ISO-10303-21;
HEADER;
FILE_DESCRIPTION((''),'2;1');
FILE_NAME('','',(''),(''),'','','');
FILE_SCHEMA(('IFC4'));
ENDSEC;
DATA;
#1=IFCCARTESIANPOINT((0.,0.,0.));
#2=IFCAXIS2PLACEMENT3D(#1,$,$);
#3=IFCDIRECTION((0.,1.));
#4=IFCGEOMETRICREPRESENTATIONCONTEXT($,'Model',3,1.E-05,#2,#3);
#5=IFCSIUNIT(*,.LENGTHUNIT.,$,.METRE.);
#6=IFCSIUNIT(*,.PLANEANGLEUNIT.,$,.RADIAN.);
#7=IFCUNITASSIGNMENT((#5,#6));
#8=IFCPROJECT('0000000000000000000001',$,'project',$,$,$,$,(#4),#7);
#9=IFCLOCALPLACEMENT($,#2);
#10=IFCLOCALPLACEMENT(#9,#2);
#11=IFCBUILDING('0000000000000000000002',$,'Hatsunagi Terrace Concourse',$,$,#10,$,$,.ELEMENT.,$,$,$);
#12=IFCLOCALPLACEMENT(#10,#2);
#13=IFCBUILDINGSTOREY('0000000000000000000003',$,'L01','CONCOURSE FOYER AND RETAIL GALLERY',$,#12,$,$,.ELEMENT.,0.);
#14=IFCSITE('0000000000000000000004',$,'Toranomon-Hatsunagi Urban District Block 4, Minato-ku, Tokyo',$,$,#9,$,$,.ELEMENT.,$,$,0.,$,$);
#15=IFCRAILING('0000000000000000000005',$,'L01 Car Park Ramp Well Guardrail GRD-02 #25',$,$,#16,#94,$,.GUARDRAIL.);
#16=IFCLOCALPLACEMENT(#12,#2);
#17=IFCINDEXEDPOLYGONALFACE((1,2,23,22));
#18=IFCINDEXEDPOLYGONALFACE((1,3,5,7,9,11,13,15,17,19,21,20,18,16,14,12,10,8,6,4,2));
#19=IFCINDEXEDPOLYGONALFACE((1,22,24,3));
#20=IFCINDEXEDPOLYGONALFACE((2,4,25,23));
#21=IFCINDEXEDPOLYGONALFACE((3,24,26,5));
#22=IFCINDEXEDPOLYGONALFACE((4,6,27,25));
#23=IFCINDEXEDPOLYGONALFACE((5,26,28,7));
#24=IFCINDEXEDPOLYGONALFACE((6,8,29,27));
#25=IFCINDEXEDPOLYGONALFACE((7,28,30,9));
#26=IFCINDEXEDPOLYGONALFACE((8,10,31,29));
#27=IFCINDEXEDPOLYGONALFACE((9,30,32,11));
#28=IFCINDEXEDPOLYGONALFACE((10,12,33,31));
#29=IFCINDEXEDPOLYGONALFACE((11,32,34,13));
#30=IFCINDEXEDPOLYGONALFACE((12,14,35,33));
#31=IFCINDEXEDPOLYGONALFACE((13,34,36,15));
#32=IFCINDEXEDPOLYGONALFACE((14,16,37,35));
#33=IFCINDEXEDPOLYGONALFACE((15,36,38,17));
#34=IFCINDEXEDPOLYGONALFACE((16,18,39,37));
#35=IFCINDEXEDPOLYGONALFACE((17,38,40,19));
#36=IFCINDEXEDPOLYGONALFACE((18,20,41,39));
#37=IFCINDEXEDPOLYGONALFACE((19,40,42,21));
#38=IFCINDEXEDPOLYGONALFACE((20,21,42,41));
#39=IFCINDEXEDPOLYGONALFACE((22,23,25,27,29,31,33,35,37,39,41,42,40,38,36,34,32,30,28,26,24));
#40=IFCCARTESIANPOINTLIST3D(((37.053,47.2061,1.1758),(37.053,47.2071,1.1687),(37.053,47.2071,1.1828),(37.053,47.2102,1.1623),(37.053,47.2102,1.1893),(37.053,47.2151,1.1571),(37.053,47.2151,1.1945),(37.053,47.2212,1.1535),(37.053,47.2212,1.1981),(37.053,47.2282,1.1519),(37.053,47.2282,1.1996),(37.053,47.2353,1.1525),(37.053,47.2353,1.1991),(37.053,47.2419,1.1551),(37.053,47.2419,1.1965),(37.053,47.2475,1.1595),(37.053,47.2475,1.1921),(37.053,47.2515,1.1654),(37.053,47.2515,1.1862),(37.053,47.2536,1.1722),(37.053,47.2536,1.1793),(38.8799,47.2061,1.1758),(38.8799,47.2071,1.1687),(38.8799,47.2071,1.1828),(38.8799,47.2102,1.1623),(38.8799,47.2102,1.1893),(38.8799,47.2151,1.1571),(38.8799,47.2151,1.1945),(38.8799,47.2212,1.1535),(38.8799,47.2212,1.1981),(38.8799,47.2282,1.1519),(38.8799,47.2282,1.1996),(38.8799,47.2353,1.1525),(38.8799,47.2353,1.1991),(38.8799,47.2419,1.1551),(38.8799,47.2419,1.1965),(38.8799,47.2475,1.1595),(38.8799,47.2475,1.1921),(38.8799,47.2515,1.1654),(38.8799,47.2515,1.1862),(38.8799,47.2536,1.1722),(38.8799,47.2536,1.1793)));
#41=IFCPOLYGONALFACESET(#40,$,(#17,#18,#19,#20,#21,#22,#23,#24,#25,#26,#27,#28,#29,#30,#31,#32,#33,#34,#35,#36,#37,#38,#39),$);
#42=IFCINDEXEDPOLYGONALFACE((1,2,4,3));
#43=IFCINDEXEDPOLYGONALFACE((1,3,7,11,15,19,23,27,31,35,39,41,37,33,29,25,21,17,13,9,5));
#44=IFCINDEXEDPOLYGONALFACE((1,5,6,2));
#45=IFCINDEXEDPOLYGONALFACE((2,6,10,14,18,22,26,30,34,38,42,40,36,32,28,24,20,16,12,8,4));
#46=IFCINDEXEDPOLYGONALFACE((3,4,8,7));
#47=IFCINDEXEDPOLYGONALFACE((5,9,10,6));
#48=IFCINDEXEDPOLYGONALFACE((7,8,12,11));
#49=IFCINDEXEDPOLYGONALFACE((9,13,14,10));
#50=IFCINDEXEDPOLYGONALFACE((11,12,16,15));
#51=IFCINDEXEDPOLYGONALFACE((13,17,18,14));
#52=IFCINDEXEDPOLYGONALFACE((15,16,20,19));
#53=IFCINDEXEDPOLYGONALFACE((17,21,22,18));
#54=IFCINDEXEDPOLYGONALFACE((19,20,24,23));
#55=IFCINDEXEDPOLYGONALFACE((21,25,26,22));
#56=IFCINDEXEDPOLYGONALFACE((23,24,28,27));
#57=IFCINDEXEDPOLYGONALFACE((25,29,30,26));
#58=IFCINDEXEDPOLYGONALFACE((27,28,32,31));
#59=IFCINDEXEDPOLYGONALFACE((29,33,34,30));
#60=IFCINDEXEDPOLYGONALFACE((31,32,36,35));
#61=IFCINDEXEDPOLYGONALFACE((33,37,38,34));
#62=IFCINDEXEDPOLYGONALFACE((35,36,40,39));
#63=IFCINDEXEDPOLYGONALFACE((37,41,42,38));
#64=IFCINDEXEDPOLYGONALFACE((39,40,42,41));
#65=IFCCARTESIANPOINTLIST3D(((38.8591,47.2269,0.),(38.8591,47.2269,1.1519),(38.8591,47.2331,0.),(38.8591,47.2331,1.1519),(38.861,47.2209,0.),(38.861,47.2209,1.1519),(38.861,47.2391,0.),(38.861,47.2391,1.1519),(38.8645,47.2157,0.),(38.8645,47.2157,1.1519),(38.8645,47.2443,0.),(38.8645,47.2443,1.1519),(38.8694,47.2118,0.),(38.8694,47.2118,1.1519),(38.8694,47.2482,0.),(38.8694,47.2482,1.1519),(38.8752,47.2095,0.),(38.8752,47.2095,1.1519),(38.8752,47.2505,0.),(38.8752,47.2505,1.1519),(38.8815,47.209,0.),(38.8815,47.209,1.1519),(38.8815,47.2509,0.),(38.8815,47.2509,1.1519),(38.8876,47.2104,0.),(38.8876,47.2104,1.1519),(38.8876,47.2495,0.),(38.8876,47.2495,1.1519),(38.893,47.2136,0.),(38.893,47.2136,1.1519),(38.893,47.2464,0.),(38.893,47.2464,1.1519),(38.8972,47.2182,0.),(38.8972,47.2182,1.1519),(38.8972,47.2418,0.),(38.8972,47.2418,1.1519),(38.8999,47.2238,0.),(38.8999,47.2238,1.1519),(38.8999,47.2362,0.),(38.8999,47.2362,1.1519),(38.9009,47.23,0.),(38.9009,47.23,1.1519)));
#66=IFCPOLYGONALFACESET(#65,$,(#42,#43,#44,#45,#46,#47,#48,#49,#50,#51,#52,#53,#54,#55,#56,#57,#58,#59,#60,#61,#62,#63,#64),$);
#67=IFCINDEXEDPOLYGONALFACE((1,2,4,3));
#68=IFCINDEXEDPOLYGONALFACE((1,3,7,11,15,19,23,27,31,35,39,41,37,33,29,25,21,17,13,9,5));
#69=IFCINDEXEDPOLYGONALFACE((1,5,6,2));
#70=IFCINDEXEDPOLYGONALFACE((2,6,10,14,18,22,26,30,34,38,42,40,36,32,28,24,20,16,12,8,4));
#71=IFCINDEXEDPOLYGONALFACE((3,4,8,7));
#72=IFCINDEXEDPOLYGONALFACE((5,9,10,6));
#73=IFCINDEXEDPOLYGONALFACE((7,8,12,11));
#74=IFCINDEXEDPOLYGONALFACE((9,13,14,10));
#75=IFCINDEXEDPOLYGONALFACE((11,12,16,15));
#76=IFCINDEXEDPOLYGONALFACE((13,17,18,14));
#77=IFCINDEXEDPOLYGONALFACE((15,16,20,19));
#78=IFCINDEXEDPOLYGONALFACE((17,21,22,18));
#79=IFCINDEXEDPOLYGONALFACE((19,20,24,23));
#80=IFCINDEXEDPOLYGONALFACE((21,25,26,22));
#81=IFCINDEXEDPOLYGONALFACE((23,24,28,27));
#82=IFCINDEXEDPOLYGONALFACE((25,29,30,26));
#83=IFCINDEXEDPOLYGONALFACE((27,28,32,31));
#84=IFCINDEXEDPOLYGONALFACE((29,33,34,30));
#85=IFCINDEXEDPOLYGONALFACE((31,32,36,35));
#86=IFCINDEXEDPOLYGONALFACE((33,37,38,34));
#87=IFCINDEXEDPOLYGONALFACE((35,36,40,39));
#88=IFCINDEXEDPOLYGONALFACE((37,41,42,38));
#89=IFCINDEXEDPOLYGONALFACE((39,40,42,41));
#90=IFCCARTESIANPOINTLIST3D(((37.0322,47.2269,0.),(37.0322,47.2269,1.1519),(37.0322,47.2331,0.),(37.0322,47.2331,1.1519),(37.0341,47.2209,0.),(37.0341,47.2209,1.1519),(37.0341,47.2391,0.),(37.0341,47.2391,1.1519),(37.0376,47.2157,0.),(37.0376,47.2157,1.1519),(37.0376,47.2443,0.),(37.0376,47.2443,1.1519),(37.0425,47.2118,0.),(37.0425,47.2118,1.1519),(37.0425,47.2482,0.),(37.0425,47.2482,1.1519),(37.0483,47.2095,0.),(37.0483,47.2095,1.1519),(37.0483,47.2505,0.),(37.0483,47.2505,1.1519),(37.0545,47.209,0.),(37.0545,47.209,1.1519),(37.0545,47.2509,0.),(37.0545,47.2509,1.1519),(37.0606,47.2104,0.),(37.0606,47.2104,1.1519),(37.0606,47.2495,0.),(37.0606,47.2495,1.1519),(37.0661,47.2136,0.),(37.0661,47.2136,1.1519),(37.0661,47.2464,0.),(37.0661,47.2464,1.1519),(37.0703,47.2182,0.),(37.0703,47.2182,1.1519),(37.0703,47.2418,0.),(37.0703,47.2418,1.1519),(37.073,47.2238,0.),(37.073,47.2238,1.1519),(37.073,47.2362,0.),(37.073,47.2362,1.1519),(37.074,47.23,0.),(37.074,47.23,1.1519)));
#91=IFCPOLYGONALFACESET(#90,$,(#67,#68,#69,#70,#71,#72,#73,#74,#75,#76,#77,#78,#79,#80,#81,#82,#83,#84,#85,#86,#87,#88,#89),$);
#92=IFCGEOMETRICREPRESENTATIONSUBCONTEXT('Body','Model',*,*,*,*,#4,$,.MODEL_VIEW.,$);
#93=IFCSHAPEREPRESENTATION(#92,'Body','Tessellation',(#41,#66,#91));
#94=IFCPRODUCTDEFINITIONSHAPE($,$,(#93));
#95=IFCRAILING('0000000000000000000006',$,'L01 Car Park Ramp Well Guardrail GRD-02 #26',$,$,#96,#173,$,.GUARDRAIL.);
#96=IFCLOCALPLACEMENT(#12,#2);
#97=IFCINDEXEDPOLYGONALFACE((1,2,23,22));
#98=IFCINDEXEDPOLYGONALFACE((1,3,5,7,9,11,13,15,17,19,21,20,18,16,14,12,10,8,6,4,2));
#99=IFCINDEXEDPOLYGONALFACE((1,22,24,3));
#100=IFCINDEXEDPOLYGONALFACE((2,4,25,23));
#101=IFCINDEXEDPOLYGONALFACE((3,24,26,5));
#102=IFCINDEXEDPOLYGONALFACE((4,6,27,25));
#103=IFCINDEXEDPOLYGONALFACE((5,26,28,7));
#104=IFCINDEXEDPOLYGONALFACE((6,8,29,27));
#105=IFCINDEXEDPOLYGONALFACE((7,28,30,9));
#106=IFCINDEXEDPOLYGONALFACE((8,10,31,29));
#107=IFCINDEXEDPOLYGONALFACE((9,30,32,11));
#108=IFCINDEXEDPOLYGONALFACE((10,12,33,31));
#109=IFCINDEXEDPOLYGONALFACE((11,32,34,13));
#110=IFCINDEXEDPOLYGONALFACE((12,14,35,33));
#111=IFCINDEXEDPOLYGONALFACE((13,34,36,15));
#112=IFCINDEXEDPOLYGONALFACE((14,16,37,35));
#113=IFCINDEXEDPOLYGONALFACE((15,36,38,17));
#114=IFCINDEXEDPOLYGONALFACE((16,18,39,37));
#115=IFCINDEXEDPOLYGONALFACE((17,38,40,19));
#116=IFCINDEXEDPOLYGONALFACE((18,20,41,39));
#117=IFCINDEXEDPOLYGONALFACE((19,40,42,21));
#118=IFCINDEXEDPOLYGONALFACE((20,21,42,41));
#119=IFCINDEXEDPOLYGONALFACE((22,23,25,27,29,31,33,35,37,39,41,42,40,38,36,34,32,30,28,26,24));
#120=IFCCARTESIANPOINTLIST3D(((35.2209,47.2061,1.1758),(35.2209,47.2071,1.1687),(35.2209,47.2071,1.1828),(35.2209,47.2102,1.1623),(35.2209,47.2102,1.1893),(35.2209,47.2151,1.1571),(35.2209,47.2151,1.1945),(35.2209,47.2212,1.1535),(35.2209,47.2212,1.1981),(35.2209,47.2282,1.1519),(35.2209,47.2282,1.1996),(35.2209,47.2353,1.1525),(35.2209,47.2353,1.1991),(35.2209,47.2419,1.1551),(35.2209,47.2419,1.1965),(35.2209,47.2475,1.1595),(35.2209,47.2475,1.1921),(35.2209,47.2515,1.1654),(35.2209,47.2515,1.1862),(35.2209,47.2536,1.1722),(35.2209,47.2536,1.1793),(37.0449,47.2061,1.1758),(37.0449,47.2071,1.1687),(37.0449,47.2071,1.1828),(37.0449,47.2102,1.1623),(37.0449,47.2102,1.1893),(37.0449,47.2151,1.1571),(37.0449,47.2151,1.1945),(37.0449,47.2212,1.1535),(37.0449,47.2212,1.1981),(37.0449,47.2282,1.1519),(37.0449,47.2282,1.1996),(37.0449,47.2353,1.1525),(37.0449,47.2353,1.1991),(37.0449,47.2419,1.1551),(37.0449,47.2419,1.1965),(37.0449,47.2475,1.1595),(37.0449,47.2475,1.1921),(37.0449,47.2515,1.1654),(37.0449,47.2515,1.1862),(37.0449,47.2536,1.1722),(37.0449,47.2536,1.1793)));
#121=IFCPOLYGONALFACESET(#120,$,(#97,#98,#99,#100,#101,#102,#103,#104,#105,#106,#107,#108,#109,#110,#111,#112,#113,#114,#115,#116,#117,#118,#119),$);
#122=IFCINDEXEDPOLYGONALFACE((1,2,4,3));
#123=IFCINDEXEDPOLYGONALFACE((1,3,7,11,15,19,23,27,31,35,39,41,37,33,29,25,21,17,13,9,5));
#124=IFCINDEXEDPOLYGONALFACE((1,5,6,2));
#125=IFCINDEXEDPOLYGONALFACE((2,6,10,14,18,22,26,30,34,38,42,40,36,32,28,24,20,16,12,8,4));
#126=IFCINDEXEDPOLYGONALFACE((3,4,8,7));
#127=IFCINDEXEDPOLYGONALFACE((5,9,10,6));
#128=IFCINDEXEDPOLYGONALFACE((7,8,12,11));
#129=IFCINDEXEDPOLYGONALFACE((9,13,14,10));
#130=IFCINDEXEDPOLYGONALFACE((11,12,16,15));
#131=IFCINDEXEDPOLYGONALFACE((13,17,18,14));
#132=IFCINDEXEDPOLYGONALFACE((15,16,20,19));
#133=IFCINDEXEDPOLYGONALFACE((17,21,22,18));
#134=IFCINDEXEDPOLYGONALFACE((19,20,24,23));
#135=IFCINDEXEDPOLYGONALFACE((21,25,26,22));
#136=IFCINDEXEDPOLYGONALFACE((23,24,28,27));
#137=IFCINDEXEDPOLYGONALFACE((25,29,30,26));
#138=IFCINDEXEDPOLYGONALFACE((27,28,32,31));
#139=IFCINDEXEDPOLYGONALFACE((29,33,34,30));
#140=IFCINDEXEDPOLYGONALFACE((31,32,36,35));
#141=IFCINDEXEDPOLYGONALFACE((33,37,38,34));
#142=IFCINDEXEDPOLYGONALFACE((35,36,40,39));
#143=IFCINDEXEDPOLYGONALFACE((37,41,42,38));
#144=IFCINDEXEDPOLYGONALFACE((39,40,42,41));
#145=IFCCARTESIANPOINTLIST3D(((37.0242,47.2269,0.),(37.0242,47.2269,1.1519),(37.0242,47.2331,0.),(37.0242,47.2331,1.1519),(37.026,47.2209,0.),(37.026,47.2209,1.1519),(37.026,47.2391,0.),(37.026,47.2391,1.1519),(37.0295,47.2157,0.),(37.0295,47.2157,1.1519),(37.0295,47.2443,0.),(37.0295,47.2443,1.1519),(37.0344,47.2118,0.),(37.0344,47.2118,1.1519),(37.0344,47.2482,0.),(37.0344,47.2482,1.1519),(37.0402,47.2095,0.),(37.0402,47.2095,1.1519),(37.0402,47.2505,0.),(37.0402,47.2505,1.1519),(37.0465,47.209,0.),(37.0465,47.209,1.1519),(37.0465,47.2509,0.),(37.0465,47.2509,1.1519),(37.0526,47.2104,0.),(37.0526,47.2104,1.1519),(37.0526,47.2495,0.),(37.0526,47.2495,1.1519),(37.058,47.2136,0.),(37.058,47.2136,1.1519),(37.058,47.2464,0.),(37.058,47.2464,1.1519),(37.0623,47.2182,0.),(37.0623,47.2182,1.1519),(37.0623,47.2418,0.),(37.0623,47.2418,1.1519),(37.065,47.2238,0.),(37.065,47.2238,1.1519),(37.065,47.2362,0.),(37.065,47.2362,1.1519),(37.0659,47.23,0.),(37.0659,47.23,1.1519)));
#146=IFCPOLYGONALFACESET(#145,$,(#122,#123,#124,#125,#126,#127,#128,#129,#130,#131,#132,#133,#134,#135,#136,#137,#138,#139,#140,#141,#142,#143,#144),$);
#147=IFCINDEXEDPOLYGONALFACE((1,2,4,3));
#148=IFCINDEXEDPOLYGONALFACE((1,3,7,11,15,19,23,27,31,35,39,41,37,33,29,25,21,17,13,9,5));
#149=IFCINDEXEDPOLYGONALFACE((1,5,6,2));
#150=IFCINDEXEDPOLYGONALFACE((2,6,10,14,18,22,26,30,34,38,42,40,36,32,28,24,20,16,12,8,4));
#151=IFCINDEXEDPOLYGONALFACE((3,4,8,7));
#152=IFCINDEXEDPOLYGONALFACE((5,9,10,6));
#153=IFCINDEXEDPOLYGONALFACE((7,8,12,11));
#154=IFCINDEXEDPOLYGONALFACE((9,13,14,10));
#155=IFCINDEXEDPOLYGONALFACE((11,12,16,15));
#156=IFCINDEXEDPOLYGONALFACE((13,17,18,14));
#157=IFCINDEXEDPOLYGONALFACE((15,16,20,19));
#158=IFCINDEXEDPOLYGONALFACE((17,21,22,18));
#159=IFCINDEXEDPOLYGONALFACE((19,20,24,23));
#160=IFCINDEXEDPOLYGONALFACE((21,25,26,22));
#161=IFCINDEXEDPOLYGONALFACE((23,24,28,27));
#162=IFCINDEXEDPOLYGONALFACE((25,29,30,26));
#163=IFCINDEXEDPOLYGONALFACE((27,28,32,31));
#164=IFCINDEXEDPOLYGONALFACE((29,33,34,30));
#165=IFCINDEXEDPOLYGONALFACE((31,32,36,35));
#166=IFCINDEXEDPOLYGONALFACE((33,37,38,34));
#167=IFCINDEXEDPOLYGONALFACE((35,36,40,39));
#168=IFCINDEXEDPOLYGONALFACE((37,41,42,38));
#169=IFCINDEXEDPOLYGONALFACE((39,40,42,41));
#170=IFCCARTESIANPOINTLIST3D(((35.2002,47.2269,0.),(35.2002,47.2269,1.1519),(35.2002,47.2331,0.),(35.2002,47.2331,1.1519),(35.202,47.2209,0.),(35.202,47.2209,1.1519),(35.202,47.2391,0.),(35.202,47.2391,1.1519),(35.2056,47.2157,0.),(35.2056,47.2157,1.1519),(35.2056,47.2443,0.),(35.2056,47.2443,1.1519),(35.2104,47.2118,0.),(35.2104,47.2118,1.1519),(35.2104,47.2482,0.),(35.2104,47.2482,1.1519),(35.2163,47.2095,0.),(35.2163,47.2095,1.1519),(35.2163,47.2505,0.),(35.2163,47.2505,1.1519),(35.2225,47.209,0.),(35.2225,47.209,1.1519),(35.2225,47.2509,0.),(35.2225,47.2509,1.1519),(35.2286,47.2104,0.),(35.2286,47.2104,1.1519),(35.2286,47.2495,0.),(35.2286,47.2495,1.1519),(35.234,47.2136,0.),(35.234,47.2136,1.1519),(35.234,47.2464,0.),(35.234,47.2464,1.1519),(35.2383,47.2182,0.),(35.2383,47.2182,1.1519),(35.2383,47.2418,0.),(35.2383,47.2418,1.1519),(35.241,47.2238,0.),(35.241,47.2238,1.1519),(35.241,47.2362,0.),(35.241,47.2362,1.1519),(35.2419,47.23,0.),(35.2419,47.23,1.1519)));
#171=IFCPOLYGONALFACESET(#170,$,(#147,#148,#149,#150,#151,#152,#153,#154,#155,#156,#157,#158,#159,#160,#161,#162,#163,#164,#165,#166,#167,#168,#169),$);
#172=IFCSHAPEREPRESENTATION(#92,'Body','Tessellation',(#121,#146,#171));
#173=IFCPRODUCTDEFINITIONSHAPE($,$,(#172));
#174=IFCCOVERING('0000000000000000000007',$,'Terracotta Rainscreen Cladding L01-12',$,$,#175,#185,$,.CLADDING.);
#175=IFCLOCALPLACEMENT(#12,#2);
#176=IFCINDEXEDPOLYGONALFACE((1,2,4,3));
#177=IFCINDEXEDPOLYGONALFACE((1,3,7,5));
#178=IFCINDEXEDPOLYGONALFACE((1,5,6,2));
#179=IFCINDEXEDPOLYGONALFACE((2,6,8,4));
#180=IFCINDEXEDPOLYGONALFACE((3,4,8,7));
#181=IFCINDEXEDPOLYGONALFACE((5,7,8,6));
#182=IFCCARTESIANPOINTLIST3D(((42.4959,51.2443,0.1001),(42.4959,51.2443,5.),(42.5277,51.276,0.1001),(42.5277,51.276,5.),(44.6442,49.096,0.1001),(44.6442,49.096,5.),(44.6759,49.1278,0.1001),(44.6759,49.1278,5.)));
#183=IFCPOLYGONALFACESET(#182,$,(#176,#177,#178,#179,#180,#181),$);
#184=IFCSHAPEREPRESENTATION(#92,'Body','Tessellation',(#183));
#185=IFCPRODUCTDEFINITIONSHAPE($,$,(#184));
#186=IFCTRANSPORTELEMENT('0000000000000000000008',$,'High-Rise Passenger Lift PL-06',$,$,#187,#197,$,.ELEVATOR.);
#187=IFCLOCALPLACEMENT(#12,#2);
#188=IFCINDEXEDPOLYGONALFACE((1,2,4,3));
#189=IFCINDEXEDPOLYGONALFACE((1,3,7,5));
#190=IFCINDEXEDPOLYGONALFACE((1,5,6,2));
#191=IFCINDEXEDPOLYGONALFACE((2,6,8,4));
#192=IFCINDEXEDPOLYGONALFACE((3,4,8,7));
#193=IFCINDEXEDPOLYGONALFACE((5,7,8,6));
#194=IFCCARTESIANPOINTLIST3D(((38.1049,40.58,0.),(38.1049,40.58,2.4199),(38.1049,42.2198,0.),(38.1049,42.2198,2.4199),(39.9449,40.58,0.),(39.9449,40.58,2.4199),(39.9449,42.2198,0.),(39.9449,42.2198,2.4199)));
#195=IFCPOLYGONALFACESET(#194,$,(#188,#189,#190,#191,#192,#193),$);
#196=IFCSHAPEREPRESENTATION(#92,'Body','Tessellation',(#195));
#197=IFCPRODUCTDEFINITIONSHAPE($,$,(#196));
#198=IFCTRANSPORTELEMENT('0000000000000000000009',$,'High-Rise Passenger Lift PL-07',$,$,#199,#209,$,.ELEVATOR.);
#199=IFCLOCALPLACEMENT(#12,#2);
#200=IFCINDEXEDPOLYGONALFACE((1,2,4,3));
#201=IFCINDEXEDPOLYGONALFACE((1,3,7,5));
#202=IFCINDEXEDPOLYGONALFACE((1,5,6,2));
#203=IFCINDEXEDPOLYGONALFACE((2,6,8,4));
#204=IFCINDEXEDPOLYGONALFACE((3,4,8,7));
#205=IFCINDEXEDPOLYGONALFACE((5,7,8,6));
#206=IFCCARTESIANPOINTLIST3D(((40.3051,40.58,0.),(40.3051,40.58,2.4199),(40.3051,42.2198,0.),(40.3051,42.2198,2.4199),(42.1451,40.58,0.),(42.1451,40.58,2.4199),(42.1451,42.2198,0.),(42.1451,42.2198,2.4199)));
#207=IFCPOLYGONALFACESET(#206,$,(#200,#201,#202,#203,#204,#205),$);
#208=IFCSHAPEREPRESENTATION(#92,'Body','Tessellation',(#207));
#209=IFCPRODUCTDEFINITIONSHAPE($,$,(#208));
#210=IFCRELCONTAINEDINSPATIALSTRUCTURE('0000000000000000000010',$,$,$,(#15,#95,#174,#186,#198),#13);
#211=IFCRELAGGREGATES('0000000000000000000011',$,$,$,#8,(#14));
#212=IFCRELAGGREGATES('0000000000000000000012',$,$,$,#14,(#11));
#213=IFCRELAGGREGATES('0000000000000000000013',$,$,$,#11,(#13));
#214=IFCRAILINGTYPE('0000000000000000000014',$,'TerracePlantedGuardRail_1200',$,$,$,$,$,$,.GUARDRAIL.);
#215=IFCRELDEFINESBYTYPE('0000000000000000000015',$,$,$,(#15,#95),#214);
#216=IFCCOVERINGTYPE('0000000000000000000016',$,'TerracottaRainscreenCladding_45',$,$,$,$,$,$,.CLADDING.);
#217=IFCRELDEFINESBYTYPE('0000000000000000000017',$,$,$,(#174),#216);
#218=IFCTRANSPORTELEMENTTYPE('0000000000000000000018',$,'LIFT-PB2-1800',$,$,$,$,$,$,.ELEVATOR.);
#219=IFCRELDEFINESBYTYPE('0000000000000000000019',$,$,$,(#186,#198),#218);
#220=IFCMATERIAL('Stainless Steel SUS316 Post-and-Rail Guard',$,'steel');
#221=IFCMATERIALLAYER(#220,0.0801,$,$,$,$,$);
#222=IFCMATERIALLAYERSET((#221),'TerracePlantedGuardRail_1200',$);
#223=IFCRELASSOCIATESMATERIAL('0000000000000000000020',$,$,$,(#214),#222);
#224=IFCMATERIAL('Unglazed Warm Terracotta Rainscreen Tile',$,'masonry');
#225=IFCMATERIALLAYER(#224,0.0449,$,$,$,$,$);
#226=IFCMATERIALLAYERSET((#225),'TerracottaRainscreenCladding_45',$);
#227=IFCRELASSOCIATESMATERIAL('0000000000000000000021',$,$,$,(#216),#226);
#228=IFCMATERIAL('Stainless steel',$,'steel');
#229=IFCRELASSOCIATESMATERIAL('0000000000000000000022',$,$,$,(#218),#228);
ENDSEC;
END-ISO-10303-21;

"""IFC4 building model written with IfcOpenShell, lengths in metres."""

from ifc_helpers import new_model, si_unit, direction, frame, origin, origin_2d, place, context, subcontext, project, spatial, rectangle, circle, extrude, material, layer, layer_set, type_object, element, save


model = new_model("IFC4")

# Units and contexts
model_context = context("Model", 3, precision=1e-05, world=origin(), true_north=direction((0.0, 1.0)))
body_context = subcontext(model_context, "Body", "Model", "MODEL_VIEW")
ifc_project = project(units=[si_unit("LENGTHUNIT", "METRE"), si_unit("PLANEANGLEUNIT", "RADIAN")], contexts=[model_context])

# Site, building, storey
site_placement = place(None, origin())
site = spatial("IfcSite", under=ifc_project, at=site_placement, Name="Toranomon-Hatsunagi Urban District Block 4, Minato-ku, Tokyo", CompositionType="ELEMENT", RefElevation=0.0)
building_placement = place(site_placement, origin())
building = spatial("IfcBuilding", under=site, at=building_placement, Name="Hatsunagi Terrace Concourse", CompositionType="ELEMENT")
storey_placement = place(building_placement, origin())
storey = spatial("IfcBuildingStorey", under=building, at=storey_placement, Name="L01", Description="CONCOURSE FOYER AND RETAIL GALLERY", CompositionType="ELEMENT", Elevation=0.0)

# Railings
ifc_material_1 = material(Name="Stainless Steel SUS316 Post-and-Rail Guard", Category="steel")
ifc_layer_1 = layer(ifc_material_1, 0.0801)
ifc_layer_set_1 = layer_set([ifc_layer_1], Name="TerracePlantedGuardRail_1200")
railing_type = type_object("IfcRailingType", Name="TerracePlantedGuardRail_1200", PredefinedType="GUARDRAIL", material=ifc_layer_set_1)
railing_1_placement = place(storey_placement, frame((38.8799, 47.23, 0.0)))
element("IfcRailing", 1, at=railing_1_placement, inside=storey, type_object=railing_type, Name="L01 Car Park Ramp Well Guardrail GRD-02 #25", PredefinedType="GUARDRAIL", context=body_context, shape_type="SweptSolid", body=[
    extrude(circle(Radius=0.0239, at=origin_2d()), frame((0.0, 0.0, 1.1758), z_axis=(-1.0, 0.0, 0.0), x_axis=(0.0, -1.0, 0.0)), (0.0, 0.0, 1.0), 1.8269),
    extrude(circle(Radius=0.021, at=origin_2d()), origin(), (0.0, 0.0, 1.0), 1.1519),
    extrude(circle(Radius=0.021, at=origin_2d()), frame((-1.8269, 0.0, 0.0)), (0.0, 0.0, 1.0), 1.1519),
])
railing_2_placement = place(storey_placement, frame((37.0449, 47.23, 0.0)))
element("IfcRailing", 2, at=railing_2_placement, inside=storey, type_object=railing_type, Name="L01 Car Park Ramp Well Guardrail GRD-02 #26", PredefinedType="GUARDRAIL", context=body_context, shape_type="SweptSolid", body=[
    extrude(circle(Radius=0.0239, at=origin_2d()), frame((0.0, 0.0, 1.1758), z_axis=(-1.0, 0.0, 0.0), x_axis=(0.0, -1.0, 0.0)), (0.0, 0.0, 1.0), 1.824),
    extrude(circle(Radius=0.021, at=origin_2d()), origin(), (0.0, 0.0, 1.0), 1.1519),
    extrude(circle(Radius=0.021, at=origin_2d()), frame((-1.824, 0.0, 0.0)), (0.0, 0.0, 1.0), 1.1519),
])

# Covering
ifc_material_2 = material(Name="Unglazed Warm Terracotta Rainscreen Tile", Category="masonry")
ifc_layer_2 = layer(ifc_material_2, 0.0449)
ifc_layer_set_2 = layer_set([ifc_layer_2], Name="TerracottaRainscreenCladding_45")
covering_type = type_object("IfcCoveringType", Name="TerracottaRainscreenCladding_45", PredefinedType="CLADDING", material=ifc_layer_set_2)
covering_placement = place(storey_placement, frame((43.5859, 50.186, 0.1001), z_axis=(0.0, 0.0, 1.0), x_axis=(0.707107, -0.707107, 0.0)))
element("IfcCovering", 3, at=covering_placement, inside=storey, type_object=covering_type, Name="Terracotta Rainscreen Cladding L01-12", PredefinedType="CLADDING", context=body_context, shape_type="SweptSolid", body=[
    extrude(rectangle(XDim=3.0381, YDim=0.0449, at=origin_2d()), origin(), (0.0, 0.0, 1.0), 4.8999),
])

# Transport elements
ifc_material_3 = material(Name="Stainless steel", Category="steel")
transport_element_type = type_object("IfcTransportElementType", Name="LIFT-PB2-1800", PredefinedType="ELEVATOR", material=ifc_material_3)
for number, where, z_axis, x_axis, name in (
    (4, (39.0249, 41.3999, 0.0), (0.0, 0.0, 1.0), (1.0, 0.0, 0.0), "High-Rise Passenger Lift PL-06"),
    (5, (41.2251, 41.3999, 0.0), (0.0, 0.0, 1.0), (1.0, 0.0, 0.0), "High-Rise Passenger Lift PL-07"),
):
    element("IfcTransportElement", number, at=place(storey_placement, frame(where, z_axis=z_axis, x_axis=x_axis)), inside=storey, type_object=transport_element_type, Name=name, PredefinedType="ELEVATOR", context=body_context, shape_type="SweptSolid", body=[
        extrude(rectangle(XDim=1.8401, YDim=1.6399, at=origin_2d()), origin(), (0.0, 0.0, 1.0), 2.4199),
    ])

save(model, "model.ifc")
